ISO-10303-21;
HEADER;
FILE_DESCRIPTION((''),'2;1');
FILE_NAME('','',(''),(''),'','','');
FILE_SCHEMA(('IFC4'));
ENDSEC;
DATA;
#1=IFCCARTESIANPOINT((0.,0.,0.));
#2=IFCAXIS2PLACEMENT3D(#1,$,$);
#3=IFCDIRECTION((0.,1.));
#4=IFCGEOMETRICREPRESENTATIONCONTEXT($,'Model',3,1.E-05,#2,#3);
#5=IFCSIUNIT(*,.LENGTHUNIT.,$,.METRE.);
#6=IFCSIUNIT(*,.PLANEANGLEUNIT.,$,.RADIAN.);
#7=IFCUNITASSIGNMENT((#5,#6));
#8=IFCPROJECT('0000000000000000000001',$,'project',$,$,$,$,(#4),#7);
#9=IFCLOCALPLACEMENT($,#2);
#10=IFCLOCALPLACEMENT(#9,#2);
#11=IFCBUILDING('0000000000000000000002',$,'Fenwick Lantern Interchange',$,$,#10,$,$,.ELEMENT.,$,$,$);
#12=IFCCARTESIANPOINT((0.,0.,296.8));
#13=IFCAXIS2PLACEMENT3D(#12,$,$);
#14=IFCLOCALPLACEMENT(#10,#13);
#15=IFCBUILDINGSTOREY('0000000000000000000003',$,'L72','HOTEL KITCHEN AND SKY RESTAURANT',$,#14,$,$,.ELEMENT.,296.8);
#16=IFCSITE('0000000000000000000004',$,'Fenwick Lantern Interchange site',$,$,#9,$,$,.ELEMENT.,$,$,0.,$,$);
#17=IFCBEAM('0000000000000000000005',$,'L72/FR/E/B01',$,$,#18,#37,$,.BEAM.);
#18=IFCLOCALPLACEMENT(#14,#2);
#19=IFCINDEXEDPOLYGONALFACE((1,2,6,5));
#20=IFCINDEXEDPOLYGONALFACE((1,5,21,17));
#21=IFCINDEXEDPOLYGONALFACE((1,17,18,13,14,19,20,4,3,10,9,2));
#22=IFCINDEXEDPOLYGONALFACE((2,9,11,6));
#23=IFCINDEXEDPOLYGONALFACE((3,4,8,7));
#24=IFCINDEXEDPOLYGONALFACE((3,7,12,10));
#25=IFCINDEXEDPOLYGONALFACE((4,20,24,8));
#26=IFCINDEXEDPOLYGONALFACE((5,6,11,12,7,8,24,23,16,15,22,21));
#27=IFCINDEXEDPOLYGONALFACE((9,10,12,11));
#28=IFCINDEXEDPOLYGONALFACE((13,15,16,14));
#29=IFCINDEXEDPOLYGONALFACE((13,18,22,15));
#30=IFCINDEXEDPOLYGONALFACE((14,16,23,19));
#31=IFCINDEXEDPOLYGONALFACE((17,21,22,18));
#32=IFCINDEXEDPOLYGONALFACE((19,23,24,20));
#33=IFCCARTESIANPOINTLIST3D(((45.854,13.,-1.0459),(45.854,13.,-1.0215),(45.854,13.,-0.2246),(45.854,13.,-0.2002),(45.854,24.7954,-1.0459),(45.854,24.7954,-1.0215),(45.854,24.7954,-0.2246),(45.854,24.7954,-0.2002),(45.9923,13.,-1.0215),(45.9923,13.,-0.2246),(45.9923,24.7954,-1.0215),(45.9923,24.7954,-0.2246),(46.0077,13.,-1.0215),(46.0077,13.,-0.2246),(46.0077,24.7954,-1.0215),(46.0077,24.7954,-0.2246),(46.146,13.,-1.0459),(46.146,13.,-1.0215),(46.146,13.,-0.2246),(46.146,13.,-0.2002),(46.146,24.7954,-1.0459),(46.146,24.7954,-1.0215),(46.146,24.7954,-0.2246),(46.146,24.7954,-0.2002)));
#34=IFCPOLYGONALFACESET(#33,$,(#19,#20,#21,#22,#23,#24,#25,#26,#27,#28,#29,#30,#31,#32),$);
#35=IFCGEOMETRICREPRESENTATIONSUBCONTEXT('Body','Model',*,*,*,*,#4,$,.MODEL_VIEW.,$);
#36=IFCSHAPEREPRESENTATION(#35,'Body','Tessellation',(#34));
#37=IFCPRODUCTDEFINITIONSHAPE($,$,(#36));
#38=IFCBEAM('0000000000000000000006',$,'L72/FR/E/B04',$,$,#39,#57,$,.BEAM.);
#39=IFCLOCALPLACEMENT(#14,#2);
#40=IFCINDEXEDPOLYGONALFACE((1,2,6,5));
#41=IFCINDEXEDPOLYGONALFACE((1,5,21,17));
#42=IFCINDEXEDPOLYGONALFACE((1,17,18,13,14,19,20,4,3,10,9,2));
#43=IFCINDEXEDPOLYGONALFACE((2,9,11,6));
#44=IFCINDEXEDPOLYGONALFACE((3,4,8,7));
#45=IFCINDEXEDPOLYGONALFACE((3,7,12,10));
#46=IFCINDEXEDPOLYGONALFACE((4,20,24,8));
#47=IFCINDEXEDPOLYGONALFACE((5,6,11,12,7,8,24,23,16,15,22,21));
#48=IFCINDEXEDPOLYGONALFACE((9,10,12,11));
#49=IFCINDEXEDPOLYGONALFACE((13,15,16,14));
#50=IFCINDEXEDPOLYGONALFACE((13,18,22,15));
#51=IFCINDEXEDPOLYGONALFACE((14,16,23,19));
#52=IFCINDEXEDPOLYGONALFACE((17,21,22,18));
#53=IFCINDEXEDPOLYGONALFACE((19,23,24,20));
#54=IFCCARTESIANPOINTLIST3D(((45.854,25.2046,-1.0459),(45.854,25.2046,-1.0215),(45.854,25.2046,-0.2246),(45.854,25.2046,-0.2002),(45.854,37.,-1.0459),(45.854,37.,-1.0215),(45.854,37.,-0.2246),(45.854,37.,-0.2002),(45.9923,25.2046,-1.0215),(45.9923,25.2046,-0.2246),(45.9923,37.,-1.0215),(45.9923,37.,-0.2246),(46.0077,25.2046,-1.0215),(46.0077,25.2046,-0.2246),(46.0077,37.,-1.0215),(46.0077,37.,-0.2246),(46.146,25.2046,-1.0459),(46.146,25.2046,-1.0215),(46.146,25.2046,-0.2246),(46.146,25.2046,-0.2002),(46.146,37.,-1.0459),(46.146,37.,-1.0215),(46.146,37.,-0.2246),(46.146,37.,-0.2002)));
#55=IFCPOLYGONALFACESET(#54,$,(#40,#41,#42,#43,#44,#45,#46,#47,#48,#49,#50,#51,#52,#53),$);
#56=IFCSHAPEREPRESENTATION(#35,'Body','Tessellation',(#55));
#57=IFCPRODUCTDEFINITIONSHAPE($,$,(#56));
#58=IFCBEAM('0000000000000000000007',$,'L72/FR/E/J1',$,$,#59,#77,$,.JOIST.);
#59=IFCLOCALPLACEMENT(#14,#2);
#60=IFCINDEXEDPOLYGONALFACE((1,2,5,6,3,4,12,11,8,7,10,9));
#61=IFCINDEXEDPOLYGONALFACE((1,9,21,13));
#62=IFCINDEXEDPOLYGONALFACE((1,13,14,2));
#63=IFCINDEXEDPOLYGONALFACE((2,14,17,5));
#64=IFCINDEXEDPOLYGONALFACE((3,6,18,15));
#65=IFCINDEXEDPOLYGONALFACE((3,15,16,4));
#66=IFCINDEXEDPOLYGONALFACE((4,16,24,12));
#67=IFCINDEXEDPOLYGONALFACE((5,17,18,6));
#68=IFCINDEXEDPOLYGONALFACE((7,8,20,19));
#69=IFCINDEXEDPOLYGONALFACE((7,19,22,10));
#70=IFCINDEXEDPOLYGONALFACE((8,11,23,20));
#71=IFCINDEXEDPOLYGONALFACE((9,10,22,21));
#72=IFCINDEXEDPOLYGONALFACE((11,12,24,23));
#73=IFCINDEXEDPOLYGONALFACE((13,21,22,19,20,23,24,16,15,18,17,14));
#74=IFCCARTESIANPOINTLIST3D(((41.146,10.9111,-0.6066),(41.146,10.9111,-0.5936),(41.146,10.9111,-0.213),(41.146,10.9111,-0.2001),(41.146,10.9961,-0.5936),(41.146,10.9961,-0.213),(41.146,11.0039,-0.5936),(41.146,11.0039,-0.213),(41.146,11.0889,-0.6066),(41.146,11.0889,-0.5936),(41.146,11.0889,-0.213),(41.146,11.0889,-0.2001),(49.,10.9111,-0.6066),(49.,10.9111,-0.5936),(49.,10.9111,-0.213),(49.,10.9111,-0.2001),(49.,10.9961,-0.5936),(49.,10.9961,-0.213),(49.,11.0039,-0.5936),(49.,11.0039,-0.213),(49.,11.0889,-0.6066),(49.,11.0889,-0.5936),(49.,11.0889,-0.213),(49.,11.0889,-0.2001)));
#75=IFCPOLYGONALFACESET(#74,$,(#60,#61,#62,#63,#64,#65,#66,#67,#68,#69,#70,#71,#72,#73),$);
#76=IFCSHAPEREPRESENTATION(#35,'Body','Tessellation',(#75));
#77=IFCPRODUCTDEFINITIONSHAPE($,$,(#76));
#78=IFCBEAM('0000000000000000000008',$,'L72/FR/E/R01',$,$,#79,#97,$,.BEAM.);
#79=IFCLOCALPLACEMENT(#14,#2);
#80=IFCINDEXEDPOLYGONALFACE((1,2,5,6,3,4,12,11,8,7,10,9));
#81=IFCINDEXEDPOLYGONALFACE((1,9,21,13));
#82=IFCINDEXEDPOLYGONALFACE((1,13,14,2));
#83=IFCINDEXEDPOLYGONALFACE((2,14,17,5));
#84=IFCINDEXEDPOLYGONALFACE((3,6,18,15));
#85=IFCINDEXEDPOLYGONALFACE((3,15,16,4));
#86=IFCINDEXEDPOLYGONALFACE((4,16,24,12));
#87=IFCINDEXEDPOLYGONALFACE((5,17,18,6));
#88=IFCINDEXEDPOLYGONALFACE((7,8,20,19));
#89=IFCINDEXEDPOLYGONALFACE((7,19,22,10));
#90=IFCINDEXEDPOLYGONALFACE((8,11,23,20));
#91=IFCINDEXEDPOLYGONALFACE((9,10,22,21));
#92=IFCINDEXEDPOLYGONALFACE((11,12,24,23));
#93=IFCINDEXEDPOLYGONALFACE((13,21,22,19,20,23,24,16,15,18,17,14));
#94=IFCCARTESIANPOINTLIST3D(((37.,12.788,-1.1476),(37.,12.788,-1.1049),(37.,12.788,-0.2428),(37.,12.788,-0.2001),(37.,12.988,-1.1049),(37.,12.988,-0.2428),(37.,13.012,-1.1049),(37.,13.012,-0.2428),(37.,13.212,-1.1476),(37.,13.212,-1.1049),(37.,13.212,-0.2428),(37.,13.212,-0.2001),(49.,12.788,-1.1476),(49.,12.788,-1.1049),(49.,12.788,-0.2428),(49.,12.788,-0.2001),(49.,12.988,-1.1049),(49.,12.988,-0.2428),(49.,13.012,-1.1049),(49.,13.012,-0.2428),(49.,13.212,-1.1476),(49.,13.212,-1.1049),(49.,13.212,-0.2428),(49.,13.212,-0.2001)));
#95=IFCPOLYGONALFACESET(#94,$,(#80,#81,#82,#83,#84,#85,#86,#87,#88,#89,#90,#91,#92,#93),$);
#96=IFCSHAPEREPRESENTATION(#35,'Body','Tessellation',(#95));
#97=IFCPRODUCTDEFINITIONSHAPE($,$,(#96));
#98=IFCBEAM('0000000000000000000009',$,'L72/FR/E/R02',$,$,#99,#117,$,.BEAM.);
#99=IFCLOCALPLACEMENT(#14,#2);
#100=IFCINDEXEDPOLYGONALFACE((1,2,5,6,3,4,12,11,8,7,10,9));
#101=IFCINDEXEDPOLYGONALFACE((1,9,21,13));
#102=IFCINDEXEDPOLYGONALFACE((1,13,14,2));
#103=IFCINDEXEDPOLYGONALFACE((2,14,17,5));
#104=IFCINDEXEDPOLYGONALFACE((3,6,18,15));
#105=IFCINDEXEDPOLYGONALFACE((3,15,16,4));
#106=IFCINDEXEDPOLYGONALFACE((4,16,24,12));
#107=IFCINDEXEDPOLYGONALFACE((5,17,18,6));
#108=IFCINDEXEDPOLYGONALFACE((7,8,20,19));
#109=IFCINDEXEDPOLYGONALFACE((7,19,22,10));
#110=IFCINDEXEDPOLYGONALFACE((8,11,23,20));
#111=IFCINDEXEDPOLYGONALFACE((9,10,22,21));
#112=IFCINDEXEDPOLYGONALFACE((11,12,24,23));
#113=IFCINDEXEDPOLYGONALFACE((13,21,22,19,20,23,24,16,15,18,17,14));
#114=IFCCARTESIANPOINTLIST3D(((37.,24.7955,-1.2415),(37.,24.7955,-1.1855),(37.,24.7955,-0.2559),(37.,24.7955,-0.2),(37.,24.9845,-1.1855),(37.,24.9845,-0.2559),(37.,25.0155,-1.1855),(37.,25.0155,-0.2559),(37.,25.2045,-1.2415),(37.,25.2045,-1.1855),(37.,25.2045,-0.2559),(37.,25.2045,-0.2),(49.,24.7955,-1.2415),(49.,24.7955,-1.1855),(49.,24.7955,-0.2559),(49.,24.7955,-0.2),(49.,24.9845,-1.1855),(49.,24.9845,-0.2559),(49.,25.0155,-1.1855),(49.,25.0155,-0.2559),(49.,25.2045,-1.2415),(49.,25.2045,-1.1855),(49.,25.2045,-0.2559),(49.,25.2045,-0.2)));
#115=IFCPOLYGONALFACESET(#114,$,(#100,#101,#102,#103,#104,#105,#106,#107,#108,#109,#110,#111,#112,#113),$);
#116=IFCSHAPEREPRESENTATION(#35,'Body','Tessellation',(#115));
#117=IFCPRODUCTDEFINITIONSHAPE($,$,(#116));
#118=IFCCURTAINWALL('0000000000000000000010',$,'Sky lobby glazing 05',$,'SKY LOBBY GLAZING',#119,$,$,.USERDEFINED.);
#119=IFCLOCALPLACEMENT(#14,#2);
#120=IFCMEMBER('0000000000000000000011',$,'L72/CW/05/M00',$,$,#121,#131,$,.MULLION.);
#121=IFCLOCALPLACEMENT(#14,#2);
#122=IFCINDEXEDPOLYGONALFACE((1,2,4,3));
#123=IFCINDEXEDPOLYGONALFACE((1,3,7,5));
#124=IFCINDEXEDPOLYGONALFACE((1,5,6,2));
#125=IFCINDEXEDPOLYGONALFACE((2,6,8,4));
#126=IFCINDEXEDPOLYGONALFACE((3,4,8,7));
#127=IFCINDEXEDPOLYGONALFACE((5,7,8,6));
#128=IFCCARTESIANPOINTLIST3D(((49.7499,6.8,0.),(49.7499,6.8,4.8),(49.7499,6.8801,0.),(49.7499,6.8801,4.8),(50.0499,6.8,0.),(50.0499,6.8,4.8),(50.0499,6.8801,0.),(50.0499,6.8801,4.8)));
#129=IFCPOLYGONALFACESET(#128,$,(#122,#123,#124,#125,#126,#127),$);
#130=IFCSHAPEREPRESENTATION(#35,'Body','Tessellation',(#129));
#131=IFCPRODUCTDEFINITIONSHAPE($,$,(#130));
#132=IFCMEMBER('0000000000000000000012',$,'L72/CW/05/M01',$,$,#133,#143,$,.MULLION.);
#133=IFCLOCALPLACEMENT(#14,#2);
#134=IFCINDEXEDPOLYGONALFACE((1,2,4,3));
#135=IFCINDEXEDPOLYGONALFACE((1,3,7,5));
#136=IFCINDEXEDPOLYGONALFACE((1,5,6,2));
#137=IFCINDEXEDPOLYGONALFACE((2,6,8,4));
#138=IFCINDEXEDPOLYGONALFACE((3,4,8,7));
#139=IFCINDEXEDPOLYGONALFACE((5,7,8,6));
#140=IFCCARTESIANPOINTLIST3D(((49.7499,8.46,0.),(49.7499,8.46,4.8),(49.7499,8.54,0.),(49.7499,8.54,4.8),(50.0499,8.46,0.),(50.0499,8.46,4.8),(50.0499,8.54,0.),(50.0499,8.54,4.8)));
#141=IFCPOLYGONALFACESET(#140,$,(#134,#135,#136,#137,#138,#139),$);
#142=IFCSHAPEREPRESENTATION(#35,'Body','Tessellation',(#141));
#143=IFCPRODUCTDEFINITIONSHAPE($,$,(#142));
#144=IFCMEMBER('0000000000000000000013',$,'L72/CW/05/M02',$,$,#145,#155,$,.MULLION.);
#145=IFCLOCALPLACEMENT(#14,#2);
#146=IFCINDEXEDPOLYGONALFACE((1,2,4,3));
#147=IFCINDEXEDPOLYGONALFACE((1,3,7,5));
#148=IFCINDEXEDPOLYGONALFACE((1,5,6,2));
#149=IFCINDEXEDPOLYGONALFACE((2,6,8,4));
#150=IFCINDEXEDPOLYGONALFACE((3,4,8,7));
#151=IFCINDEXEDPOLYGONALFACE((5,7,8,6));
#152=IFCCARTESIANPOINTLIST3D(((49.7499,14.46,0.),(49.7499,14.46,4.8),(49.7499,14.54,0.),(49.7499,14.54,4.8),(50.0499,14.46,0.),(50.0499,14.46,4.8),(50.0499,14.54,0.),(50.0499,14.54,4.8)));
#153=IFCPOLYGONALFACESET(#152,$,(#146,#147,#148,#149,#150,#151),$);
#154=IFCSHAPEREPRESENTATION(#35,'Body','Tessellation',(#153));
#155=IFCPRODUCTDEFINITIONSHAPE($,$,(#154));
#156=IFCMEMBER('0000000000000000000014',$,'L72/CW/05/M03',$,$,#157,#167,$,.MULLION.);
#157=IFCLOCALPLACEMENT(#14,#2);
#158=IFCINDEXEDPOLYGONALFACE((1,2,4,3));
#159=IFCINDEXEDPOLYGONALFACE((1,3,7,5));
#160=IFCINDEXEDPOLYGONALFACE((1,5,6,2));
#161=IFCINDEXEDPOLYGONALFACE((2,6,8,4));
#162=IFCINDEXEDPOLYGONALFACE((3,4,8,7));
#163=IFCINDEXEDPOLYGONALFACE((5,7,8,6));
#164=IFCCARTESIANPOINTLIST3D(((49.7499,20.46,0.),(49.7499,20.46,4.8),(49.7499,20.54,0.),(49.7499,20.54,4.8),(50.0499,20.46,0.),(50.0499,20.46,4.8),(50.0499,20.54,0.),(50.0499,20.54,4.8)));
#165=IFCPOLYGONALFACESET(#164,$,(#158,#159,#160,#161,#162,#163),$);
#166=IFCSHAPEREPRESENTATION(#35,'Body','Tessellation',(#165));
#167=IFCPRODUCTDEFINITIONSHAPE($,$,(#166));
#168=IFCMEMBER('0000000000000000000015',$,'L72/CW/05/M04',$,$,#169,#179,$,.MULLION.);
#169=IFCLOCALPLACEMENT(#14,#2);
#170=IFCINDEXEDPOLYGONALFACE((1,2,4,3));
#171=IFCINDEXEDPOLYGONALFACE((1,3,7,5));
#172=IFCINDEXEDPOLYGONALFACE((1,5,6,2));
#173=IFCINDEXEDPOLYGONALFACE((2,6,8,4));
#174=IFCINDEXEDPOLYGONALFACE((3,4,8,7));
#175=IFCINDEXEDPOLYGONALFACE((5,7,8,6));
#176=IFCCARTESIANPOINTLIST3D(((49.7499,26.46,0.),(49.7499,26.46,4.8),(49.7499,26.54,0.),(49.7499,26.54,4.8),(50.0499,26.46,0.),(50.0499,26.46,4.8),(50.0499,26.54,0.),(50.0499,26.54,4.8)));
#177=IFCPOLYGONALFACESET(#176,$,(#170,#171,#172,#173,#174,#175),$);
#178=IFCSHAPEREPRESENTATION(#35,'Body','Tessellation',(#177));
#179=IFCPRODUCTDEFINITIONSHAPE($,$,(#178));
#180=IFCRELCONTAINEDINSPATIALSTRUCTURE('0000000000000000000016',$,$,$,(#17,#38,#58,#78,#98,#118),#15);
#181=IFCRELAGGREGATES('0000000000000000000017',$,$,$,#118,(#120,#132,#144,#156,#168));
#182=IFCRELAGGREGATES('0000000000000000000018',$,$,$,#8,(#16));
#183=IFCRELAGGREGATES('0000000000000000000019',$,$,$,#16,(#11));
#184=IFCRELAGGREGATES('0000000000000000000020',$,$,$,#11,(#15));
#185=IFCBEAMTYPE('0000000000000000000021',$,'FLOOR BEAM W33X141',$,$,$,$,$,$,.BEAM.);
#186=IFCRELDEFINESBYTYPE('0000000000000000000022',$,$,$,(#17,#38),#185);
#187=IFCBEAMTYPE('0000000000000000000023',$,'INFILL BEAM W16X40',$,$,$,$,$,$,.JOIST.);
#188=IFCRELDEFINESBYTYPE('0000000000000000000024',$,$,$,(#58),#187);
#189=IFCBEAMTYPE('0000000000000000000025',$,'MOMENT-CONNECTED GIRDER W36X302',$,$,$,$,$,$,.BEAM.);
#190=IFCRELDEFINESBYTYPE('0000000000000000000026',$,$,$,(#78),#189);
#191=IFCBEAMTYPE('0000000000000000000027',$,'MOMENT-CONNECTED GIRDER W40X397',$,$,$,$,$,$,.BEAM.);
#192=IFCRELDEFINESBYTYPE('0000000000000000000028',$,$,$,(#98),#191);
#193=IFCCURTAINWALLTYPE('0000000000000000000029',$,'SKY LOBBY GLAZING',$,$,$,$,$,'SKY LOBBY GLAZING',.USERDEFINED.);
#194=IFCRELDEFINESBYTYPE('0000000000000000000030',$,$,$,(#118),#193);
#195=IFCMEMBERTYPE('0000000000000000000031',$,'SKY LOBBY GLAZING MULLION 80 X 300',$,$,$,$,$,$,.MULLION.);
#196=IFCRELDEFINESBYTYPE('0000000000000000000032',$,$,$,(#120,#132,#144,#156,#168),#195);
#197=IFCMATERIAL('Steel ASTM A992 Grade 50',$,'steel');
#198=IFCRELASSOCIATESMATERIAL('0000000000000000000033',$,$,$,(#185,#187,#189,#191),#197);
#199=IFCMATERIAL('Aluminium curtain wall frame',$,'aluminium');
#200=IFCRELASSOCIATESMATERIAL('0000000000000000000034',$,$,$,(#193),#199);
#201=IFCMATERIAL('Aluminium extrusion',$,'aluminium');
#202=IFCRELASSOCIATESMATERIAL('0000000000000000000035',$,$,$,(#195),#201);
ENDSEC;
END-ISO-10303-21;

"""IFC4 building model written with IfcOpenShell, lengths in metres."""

from ifc_helpers import new_model, si_unit, direction, frame, origin, origin_2d, place, context, subcontext, project, spatial, rectangle, i_section, extrude, material, material_profile, profile_set, type_object, element, aggregate, save


model = new_model("IFC4")

# Units and contexts
model_context = context("Model", 3, precision=1e-05, world=origin(), true_north=direction((0.0, 1.0)))
body_context = subcontext(model_context, "Body", "Model", "MODEL_VIEW")
ifc_project = project(units=[si_unit("LENGTHUNIT", "METRE"), si_unit("PLANEANGLEUNIT", "RADIAN")], contexts=[model_context])

# Site, building, storey
site_placement = place(None, origin())
site = spatial("IfcSite", under=ifc_project, at=site_placement, Name="Fenwick Lantern Interchange site", CompositionType="ELEMENT", RefElevation=0.0)
building_placement = place(site_placement, origin())
building = spatial("IfcBuilding", under=site, at=building_placement, Name="Fenwick Lantern Interchange", CompositionType="ELEMENT")
storey_placement = place(building_placement, frame((0.0, 0.0, 296.8)))
storey = spatial("IfcBuildingStorey", under=building, at=storey_placement, Name="L72", Description="HOTEL KITCHEN AND SKY RESTAURANT", CompositionType="ELEMENT", Elevation=296.8)

# Shared definitions
ifc_material_1 = material(Name="Steel ASTM A992 Grade 50", Category="steel")

# Beams
ifc_material_profile_1 = material_profile(ifc_material_1, i_section(OverallWidth=0.292, OverallDepth=0.8457, WebThickness=0.0154, FlangeThickness=0.0244, at=origin_2d()), Name="W33X141")
ifc_profile_set_1 = profile_set([ifc_material_profile_1], Name="Steel ASTM A992 Grade 50")
beam_type_1 = type_object("IfcBeamType", Name="FLOOR BEAM W33X141", PredefinedType="BEAM", material=ifc_profile_set_1)
for number, where, z_axis, x_axis, name in (
    (1, (46.0, 13.0, -0.623), (0.0, 1.0, 0.0), (-1.0, 0.0, 0.0), "L72/FR/E/B01"),
    (2, (46.0, 25.2046, -0.623), (0.0, 1.0, 0.0), (-1.0, 0.0, 0.0), "L72/FR/E/B04"),
):
    element("IfcBeam", number, at=place(storey_placement, frame(where, z_axis=z_axis, x_axis=x_axis)), inside=storey, type_object=beam_type_1, Name=name, PredefinedType="BEAM", context=body_context, shape_type="SweptSolid", body=[
        extrude(i_section(OverallWidth=0.292, OverallDepth=0.8457, WebThickness=0.0154, FlangeThickness=0.0244, at=origin_2d()), origin(), (0.0, 0.0, 1.0), 11.7954),
    ])
ifc_material_profile_2 = material_profile(ifc_material_1, i_section(OverallWidth=0.1777, OverallDepth=0.4065, WebThickness=0.0078, FlangeThickness=0.0129, at=origin_2d()), Name="W16X40")
ifc_profile_set_2 = profile_set([ifc_material_profile_2], Name="Steel ASTM A992 Grade 50")
beam_type_2 = type_object("IfcBeamType", Name="INFILL BEAM W16X40", PredefinedType="JOIST", material=ifc_profile_set_2)
beam_1_placement = place(storey_placement, frame((49.0, 11.0, -0.4033), z_axis=(-1.0, 0.0, 0.0), x_axis=(0.0, -1.0, 0.0)))
element("IfcBeam", 3, at=beam_1_placement, inside=storey, type_object=beam_type_2, Name="L72/FR/E/J1", PredefinedType="JOIST", context=body_context, shape_type="SweptSolid", body=[
    extrude(i_section(OverallWidth=0.1777, OverallDepth=0.4065, WebThickness=0.0078, FlangeThickness=0.0129, at=origin_2d()), origin(), (0.0, 0.0, 1.0), 7.854),
])
ifc_material_profile_3 = material_profile(ifc_material_1, i_section(OverallWidth=0.4241, OverallDepth=0.9475, WebThickness=0.0239, FlangeThickness=0.0427, at=origin_2d()), Name="W36X302")
ifc_profile_set_3 = profile_set([ifc_material_profile_3], Name="Steel ASTM A992 Grade 50")
beam_type_3 = type_object("IfcBeamType", Name="MOMENT-CONNECTED GIRDER W36X302", PredefinedType="BEAM", material=ifc_profile_set_3)
beam_2_placement = place(storey_placement, frame((49.0, 13.0, -0.6738), z_axis=(-1.0, 0.0, 0.0), x_axis=(0.0, -1.0, 0.0)))
element("IfcBeam", 4, at=beam_2_placement, inside=storey, type_object=beam_type_3, Name="L72/FR/E/R01", PredefinedType="BEAM", context=body_context, shape_type="SweptSolid", body=[
    extrude(i_section(OverallWidth=0.4241, OverallDepth=0.9475, WebThickness=0.0239, FlangeThickness=0.0427, at=origin_2d()), origin(), (0.0, 0.0, 1.0), 12.0),
])
ifc_material_profile_4 = material_profile(ifc_material_1, i_section(OverallWidth=0.4089, OverallDepth=1.0415, WebThickness=0.031, FlangeThickness=0.0559, at=origin_2d()), Name="W40X397")
ifc_profile_set_4 = profile_set([ifc_material_profile_4], Name="Steel ASTM A992 Grade 50")
beam_type_4 = type_object("IfcBeamType", Name="MOMENT-CONNECTED GIRDER W40X397", PredefinedType="BEAM", material=ifc_profile_set_4)
beam_3_placement = place(storey_placement, frame((49.0, 25.0, -0.7207), z_axis=(-1.0, 0.0, 0.0), x_axis=(0.0, -1.0, 0.0)))
element("IfcBeam", 5, at=beam_3_placement, inside=storey, type_object=beam_type_4, Name="L72/FR/E/R02", PredefinedType="BEAM", context=body_context, shape_type="SweptSolid", body=[
    extrude(i_section(OverallWidth=0.4089, OverallDepth=1.0415, WebThickness=0.031, FlangeThickness=0.0559, at=origin_2d()), origin(), (0.0, 0.0, 1.0), 12.0),
])

# Curtain wall, members
ifc_material_2 = material(Name="Aluminium curtain wall frame", Category="aluminium")
curtain_wall_type = type_object("IfcCurtainWallType", Name="SKY LOBBY GLAZING", ElementType="SKY LOBBY GLAZING", PredefinedType="USERDEFINED", material=ifc_material_2)
curtain_wall_placement = place(storey_placement, origin())
curtain_wall = element("IfcCurtainWall", 6, at=curtain_wall_placement, inside=storey, type_object=curtain_wall_type, Name="Sky lobby glazing 05", ObjectType="SKY LOBBY GLAZING", PredefinedType="USERDEFINED")
ifc_material_3 = material(Name="Aluminium extrusion", Category="aluminium")
ifc_material_profile_5 = material_profile(ifc_material_3, rectangle(XDim=0.3, YDim=0.0801, at=origin_2d()), Name="SKY LOBBY GLAZING MULLION 80 X 300")
ifc_profile_set_5 = profile_set([ifc_material_profile_5], Name="Aluminium extrusion")
member_type_1 = type_object("IfcMemberType", Name="SKY LOBBY GLAZING MULLION 80 X 300", PredefinedType="MULLION", material=ifc_profile_set_5)
member_1_placement = place(storey_placement, frame((49.8999, 6.8401, 0.0), z_axis=(0.0, 0.0, 1.0), x_axis=(-1.0, 0.0, 0.0)))
member_1 = element("IfcMember", 7, at=member_1_placement, type_object=member_type_1, Name="L72/CW/05/M00", PredefinedType="MULLION", context=body_context, shape_type="SweptSolid", body=[
    extrude(rectangle(XDim=0.3, YDim=0.0801, at=origin_2d()), origin(), (0.0, 0.0, 1.0), 4.8),
])
member_2_placement = place(storey_placement, frame((49.8999, 8.5, 0.0), z_axis=(0.0, 0.0, 1.0), x_axis=(-1.0, 0.0, 0.0)))
member_2 = element("IfcMember", 8, at=member_2_placement, type_object=member_type_1, Name="L72/CW/05/M01", PredefinedType="MULLION", context=body_context, shape_type="SweptSolid", body=[
    extrude(rectangle(XDim=0.3, YDim=0.0801, at=origin_2d()), origin(), (0.0, 0.0, 1.0), 4.8),
])
member_3_placement = place(storey_placement, frame((49.8999, 14.5, 0.0), z_axis=(0.0, 0.0, 1.0), x_axis=(-1.0, 0.0, 0.0)))
member_3 = element("IfcMember", 9, at=member_3_placement, type_object=member_type_1, Name="L72/CW/05/M02", PredefinedType="MULLION", context=body_context, shape_type="SweptSolid", body=[
    extrude(rectangle(XDim=0.3, YDim=0.0801, at=origin_2d()), origin(), (0.0, 0.0, 1.0), 4.8),
])
member_4_placement = place(storey_placement, frame((49.8999, 20.5, 0.0), z_axis=(0.0, 0.0, 1.0), x_axis=(-1.0, 0.0, 0.0)))
member_4 = element("IfcMember", 10, at=member_4_placement, type_object=member_type_1, Name="L72/CW/05/M03", PredefinedType="MULLION", context=body_context, shape_type="SweptSolid", body=[
    extrude(rectangle(XDim=0.3, YDim=0.0801, at=origin_2d()), origin(), (0.0, 0.0, 1.0), 4.8),
])
member_5_placement = place(storey_placement, frame((49.8999, 26.5, 0.0), z_axis=(0.0, 0.0, 1.0), x_axis=(-1.0, 0.0, 0.0)))
member_5 = element("IfcMember", 11, at=member_5_placement, type_object=member_type_1, Name="L72/CW/05/M04", PredefinedType="MULLION", context=body_context, shape_type="SweptSolid", body=[
    extrude(rectangle(XDim=0.3, YDim=0.0801, at=origin_2d()), origin(), (0.0, 0.0, 1.0), 4.8),
])
aggregate(curtain_wall, [member_1, member_2, member_3, member_4, member_5])

save(model, "model.ifc")
